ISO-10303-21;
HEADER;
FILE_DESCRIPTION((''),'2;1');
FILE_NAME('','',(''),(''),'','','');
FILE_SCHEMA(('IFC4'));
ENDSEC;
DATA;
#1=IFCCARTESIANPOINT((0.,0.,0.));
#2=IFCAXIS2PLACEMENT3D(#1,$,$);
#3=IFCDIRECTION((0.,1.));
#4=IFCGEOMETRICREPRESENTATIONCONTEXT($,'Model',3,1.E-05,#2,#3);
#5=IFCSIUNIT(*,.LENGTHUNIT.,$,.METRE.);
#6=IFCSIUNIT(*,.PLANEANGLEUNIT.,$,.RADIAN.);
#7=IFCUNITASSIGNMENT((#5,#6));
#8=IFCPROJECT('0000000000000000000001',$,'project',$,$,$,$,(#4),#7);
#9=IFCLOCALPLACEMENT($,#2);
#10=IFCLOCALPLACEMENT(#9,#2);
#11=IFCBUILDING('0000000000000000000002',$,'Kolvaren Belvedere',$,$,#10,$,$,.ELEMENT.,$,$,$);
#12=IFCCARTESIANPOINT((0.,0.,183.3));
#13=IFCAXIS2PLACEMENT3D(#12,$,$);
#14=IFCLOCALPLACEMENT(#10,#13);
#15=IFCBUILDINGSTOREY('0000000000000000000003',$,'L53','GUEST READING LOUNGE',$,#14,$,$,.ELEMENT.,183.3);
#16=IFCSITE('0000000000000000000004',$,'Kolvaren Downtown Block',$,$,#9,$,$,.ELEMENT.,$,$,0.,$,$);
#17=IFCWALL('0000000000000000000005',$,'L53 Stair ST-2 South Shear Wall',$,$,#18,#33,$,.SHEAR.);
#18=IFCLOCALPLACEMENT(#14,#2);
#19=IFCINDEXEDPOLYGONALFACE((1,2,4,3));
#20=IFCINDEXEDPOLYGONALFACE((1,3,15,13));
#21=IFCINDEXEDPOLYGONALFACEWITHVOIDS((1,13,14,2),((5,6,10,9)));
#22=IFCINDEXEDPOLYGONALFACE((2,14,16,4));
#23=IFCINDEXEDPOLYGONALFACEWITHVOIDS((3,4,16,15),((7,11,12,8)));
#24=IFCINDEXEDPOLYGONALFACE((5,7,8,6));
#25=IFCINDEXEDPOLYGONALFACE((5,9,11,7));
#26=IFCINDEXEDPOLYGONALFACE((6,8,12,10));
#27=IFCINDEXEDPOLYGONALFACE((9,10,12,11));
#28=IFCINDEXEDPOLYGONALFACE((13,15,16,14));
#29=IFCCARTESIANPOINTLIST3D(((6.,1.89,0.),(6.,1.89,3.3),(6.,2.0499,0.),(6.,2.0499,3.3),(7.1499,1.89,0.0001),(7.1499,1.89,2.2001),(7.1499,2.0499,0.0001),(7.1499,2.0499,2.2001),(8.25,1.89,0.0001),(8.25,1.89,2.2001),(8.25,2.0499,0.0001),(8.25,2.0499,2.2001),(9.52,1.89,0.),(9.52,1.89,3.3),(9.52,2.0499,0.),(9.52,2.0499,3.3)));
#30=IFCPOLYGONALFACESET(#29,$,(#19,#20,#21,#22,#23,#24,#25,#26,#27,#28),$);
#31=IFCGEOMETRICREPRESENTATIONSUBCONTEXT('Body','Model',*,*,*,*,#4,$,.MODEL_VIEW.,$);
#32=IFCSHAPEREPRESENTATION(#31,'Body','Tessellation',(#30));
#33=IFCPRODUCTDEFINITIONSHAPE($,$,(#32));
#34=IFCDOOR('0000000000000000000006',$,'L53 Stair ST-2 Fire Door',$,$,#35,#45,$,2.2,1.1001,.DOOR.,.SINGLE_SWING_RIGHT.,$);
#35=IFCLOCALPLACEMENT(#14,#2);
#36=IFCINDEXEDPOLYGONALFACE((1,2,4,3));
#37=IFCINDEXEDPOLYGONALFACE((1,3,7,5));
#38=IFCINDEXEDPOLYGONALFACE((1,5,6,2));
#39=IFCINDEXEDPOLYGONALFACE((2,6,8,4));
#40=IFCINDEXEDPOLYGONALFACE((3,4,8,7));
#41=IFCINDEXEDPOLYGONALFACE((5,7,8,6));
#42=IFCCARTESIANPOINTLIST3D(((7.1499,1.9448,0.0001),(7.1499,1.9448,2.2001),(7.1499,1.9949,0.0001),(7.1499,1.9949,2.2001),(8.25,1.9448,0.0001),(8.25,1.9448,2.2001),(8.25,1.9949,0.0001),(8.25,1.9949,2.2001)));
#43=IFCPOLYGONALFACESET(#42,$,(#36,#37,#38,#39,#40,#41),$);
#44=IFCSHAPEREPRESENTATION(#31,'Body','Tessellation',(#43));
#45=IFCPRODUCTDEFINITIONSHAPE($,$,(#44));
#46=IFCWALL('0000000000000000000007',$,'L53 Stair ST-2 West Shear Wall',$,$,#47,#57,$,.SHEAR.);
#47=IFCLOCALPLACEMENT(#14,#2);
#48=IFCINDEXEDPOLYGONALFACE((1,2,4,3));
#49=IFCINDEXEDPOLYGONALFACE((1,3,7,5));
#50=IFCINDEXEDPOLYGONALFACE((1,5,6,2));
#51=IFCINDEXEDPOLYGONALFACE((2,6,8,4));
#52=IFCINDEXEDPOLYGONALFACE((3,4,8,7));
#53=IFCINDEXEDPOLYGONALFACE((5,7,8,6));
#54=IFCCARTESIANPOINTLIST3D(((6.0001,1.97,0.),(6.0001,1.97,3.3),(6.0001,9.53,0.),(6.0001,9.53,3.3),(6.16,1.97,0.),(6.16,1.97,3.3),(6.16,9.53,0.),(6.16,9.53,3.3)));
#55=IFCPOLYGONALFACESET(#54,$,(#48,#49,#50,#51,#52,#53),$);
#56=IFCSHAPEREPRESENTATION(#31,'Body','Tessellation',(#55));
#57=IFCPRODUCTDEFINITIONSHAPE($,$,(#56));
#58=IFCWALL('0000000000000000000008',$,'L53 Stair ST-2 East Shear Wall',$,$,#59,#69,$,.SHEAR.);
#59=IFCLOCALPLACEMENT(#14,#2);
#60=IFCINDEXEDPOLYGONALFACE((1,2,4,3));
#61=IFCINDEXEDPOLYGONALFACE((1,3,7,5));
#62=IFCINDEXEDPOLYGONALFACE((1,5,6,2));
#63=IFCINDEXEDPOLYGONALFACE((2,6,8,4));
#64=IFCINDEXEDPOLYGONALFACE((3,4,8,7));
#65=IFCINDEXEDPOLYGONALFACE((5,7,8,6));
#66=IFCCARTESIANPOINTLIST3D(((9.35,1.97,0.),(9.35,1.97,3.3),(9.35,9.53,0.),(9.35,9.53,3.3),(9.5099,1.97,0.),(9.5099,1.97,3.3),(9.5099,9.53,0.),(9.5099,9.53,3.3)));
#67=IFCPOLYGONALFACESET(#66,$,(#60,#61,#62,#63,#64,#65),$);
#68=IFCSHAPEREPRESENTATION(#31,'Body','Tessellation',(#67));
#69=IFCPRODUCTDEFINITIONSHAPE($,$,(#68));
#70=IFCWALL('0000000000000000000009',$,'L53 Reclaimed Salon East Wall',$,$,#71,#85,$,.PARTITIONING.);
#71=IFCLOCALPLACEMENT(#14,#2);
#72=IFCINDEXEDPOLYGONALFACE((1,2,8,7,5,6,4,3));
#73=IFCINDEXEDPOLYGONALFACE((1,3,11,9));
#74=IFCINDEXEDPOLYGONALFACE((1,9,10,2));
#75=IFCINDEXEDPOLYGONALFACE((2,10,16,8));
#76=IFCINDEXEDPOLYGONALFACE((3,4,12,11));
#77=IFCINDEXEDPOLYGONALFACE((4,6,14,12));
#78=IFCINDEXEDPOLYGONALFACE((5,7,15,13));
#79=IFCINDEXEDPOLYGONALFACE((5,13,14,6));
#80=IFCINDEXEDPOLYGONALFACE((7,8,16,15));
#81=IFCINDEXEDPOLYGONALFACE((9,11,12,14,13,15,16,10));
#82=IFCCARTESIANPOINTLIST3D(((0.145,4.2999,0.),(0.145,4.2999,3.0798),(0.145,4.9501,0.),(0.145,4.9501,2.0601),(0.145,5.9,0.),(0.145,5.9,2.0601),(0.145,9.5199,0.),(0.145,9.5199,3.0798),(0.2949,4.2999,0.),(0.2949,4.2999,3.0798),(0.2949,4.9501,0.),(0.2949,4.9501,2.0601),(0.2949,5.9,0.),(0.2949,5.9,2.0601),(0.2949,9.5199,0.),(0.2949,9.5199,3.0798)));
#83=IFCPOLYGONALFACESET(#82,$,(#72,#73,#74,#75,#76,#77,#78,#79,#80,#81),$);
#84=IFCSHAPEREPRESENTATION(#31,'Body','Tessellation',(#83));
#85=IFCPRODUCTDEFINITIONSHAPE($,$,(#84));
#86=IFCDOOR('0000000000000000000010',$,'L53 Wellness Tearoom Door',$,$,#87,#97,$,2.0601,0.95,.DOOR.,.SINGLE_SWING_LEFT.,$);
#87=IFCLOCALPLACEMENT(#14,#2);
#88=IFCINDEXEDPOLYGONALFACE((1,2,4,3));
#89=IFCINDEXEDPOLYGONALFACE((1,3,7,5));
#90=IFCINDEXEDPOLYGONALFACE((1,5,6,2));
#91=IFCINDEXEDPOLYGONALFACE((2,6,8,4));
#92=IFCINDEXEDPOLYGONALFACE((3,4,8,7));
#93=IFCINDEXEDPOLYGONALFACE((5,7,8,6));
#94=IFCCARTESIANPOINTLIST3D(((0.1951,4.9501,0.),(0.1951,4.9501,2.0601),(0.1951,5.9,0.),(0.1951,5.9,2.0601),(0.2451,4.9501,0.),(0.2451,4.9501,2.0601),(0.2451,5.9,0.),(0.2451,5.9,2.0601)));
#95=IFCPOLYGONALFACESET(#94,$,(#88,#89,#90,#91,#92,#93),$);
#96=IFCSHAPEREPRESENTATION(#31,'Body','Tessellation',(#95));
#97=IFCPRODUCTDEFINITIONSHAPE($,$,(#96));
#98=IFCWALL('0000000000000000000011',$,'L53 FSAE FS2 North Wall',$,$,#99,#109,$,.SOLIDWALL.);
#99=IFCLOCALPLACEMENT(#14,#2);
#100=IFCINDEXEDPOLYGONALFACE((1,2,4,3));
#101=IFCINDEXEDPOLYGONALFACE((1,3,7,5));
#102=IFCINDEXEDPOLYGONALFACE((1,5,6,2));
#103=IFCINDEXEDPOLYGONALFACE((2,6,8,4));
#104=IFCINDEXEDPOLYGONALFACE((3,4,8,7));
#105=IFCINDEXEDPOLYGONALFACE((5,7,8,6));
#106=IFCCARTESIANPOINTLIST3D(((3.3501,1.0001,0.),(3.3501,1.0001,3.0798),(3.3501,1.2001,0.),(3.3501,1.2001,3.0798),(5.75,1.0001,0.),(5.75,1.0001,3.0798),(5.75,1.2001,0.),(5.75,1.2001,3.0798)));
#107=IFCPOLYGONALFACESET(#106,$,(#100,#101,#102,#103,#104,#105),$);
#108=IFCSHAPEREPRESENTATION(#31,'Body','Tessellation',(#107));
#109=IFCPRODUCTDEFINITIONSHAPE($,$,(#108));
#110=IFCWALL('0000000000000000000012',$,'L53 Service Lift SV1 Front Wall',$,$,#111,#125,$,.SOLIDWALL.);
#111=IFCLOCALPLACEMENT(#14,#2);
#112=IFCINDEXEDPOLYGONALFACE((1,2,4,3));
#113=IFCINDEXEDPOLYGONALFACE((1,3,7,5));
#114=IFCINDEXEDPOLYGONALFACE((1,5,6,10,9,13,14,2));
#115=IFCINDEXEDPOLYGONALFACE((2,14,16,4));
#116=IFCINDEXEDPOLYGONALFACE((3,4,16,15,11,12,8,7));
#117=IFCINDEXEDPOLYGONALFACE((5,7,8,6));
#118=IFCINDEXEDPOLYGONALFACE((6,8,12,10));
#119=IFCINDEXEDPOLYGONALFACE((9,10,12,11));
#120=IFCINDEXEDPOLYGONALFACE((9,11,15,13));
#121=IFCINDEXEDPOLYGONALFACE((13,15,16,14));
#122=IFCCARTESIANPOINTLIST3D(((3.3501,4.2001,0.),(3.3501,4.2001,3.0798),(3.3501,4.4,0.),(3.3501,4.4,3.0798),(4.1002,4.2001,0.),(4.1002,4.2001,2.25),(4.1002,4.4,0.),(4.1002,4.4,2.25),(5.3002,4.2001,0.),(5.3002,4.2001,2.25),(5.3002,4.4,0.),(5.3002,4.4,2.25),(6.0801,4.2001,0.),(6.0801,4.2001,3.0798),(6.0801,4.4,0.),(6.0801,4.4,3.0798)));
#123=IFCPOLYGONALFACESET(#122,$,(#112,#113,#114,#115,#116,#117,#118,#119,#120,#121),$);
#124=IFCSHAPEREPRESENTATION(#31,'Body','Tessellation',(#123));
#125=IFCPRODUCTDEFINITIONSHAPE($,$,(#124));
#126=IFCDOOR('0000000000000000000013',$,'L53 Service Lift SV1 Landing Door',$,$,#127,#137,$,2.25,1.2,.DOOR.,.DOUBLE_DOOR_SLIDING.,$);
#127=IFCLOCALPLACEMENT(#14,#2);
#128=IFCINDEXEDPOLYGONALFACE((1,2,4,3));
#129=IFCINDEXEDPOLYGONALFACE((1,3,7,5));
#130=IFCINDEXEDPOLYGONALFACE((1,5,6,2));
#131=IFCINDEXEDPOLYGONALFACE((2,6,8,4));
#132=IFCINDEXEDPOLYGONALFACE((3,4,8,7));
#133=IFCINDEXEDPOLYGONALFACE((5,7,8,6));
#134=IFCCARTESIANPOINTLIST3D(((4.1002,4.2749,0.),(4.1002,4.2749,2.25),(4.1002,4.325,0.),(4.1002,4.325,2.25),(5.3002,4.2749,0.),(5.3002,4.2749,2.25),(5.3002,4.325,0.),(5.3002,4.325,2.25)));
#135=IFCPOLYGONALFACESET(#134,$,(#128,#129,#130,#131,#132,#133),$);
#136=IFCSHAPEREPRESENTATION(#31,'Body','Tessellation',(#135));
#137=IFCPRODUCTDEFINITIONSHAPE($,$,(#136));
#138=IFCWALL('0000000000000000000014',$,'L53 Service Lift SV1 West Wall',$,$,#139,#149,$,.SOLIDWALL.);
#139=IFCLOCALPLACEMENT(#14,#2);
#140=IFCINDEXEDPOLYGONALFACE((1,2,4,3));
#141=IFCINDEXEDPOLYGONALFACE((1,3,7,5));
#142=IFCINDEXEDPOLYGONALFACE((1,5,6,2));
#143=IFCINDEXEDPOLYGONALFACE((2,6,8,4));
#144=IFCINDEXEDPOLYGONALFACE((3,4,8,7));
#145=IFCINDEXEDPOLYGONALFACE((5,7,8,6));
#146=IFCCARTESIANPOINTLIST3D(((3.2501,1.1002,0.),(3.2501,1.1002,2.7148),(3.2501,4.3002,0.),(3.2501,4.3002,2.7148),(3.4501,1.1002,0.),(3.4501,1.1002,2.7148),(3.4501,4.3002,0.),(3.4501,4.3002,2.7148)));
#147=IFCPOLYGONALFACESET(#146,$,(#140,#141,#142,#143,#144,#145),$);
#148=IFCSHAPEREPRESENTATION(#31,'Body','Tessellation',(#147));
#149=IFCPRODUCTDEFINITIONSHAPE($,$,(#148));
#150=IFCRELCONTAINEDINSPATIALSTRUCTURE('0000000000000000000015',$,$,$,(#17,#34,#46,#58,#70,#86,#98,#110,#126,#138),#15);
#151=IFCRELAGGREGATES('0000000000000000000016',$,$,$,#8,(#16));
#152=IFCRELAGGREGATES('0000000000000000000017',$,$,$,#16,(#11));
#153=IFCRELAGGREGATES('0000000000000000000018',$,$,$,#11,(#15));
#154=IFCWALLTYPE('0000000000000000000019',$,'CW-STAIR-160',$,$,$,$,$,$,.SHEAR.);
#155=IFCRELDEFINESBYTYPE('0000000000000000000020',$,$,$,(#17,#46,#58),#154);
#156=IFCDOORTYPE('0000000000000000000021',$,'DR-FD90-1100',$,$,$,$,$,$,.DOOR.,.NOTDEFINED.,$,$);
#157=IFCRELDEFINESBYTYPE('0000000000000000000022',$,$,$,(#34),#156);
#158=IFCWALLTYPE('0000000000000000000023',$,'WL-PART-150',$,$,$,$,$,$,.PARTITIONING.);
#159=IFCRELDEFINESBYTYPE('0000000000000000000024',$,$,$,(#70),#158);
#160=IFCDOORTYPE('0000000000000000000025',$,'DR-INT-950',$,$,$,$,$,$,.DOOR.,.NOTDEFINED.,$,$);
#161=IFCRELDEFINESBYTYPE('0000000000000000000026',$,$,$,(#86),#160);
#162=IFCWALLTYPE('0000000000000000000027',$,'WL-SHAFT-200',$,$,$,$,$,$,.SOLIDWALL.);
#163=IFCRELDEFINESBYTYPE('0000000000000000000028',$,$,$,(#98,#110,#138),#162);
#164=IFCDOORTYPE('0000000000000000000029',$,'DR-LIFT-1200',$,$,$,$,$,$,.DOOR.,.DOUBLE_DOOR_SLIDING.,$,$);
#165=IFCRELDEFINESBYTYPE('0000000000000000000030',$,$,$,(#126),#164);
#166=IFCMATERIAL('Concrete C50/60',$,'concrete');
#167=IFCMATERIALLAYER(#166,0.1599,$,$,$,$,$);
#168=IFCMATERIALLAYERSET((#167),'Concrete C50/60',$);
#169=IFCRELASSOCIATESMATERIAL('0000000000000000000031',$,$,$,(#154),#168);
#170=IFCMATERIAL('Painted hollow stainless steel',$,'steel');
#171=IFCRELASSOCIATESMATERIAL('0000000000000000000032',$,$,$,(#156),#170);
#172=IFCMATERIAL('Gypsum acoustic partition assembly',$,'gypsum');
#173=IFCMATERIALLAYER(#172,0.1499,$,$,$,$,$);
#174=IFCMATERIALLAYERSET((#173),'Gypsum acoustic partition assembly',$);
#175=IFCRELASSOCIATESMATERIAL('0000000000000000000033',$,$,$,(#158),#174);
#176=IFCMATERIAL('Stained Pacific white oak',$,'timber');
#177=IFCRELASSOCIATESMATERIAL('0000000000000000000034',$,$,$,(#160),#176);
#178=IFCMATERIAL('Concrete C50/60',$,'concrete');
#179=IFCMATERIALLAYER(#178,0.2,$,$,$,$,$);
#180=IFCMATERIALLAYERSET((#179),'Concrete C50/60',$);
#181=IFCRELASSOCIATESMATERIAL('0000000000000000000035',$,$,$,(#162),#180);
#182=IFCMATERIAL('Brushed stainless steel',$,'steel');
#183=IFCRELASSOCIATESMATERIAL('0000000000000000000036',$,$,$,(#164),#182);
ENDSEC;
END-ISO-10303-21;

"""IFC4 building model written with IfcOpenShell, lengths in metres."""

from ifc_helpers import new_model, si_unit, direction, frame, frame_2d, origin, place, context, subcontext, project, spatial, rectangle, extrude, material, layer, layer_set, type_object, element, fill, save


model = new_model("IFC4")

# Units and contexts
model_context = context("Model", 3, precision=1e-05, world=origin(), true_north=direction((0.0, 1.0)))
body_context = subcontext(model_context, "Body", "Model", "MODEL_VIEW")
ifc_project = project(units=[si_unit("LENGTHUNIT", "METRE"), si_unit("PLANEANGLEUNIT", "RADIAN")], contexts=[model_context])

# Site, building, storey
site_placement = place(None, origin())
site = spatial("IfcSite", under=ifc_project, at=site_placement, Name="Kolvaren Downtown Block", CompositionType="ELEMENT", RefElevation=0.0)
building_placement = place(site_placement, origin())
building = spatial("IfcBuilding", under=site, at=building_placement, Name="Kolvaren Belvedere", CompositionType="ELEMENT")
storey_placement = place(building_placement, frame((0.0, 0.0, 183.3)))
storey = spatial("IfcBuildingStorey", under=building, at=storey_placement, Name="L53", Description="GUEST READING LOUNGE", CompositionType="ELEMENT", Elevation=183.3)

# Wall, opening, door
ifc_material_1 = material(Name="Concrete C50/60", Category="concrete")
ifc_layer_1 = layer(ifc_material_1, 0.1599)
ifc_layer_set_1 = layer_set([ifc_layer_1], Name="Concrete C50/60")
wall_type_1 = type_object("IfcWallType", Name="CW-STAIR-160", PredefinedType="SHEAR", material=ifc_layer_set_1)
wall_1_placement = place(storey_placement, frame((6.0, 1.97, 0.0), z_axis=(0.0, 0.0, 1.0), x_axis=(1.0, 0.0, 0.0)))
wall_1 = element("IfcWall", 1, at=wall_1_placement, inside=storey, type_object=wall_type_1, Name="L53 Stair ST-2 South Shear Wall", PredefinedType="SHEAR", context=body_context, shape_type="SweptSolid", body=[
    extrude(rectangle(XDim=3.52, YDim=0.1599, at=frame_2d((1.76, 0.0))), origin(), (0.0, 0.0, 1.0), 3.3),
])
opening_1_placement = place(wall_1_placement, frame((1.1499, 0.0, 0.0)))
opening_1 = element("IfcOpeningElement", 2, at=opening_1_placement, cuts=wall_1, PredefinedType="OPENING", context=body_context, shape_type="SweptSolid", body=[
    extrude(rectangle(XDim=1.1001, YDim=2.2, at=frame_2d((0.55, 1.1001))), frame((0.0, 0.0898, 0.0), z_axis=(0.0, -1.0, 0.0), x_axis=(1.0, 0.0, 0.0)), (0.0, 0.0, 1.0), 0.1799),
])
ifc_material_2 = material(Name="Painted hollow stainless steel", Category="steel")
door_type_1 = type_object("IfcDoorType", Name="DR-FD90-1100", OperationType="NOTDEFINED", PredefinedType="DOOR", material=ifc_material_2)
door_1_placement = place(opening_1_placement, origin())
door_1 = element("IfcDoor", 3, at=door_1_placement, inside=storey, type_object=door_type_1, Name="L53 Stair ST-2 Fire Door", OperationType="SINGLE_SWING_RIGHT", OverallHeight=2.2, OverallWidth=1.1001, PredefinedType="DOOR", context=body_context, shape_type="SweptSolid", body=[
    extrude(rectangle(XDim=1.1001, YDim=2.2, at=frame_2d((0.55, 1.1001))), frame((0.0, 0.0249, 0.0), z_axis=(0.0, -1.0, 0.0), x_axis=(1.0, 0.0, 0.0)), (0.0, 0.0, 1.0), 0.05),
])
fill(opening_1, door_1)

# Walls
for number, where, z_axis, x_axis, name in (
    (4, (6.0801, 1.97, 0.0), (0.0, 0.0, 1.0), (0.0, 1.0, 0.0), "L53 Stair ST-2 West Shear Wall"),
    (5, (9.4299, 1.97, 0.0), (0.0, 0.0, 1.0), (0.0, 1.0, 0.0), "L53 Stair ST-2 East Shear Wall"),
):
    element("IfcWall", number, at=place(storey_placement, frame(where, z_axis=z_axis, x_axis=x_axis)), inside=storey, type_object=wall_type_1, Name=name, PredefinedType="SHEAR", context=body_context, shape_type="SweptSolid", body=[
        extrude(rectangle(XDim=7.5601, YDim=0.1599, at=frame_2d((3.78, 0.0))), origin(), (0.0, 0.0, 1.0), 3.3),
    ])

# Wall, opening, door
ifc_material_3 = material(Name="Gypsum acoustic partition assembly", Category="gypsum")
ifc_layer_2 = layer(ifc_material_3, 0.1499)
ifc_layer_set_2 = layer_set([ifc_layer_2], Name="Gypsum acoustic partition assembly")
wall_type_2 = type_object("IfcWallType", Name="WL-PART-150", PredefinedType="PARTITIONING", material=ifc_layer_set_2)
wall_2_placement = place(storey_placement, frame((0.22, 4.3, 0.0), z_axis=(0.0, 0.0, 1.0), x_axis=(0.0, 1.0, 0.0)))
wall_2 = element("IfcWall", 6, at=wall_2_placement, inside=storey, type_object=wall_type_2, Name="L53 Reclaimed Salon East Wall", PredefinedType="PARTITIONING", context=body_context, shape_type="SweptSolid", body=[
    extrude(rectangle(XDim=5.22, YDim=0.1499, at=frame_2d((2.6099, 0.0))), origin(), (0.0, 0.0, 1.0), 3.0798),
])
opening_2_placement = place(wall_2_placement, frame((0.6499, 0.0, 0.0)))
opening_2 = element("IfcOpeningElement", 7, at=opening_2_placement, cuts=wall_2, PredefinedType="OPENING", context=body_context, shape_type="SweptSolid", body=[
    extrude(rectangle(XDim=0.95, YDim=2.0601, at=frame_2d((0.4751, 1.03))), frame((0.0, 0.085, 0.0), z_axis=(0.0, -1.0, 0.0), x_axis=(1.0, 0.0, 0.0)), (0.0, 0.0, 1.0), 0.1699),
])
ifc_material_4 = material(Name="Stained Pacific white oak", Category="timber")
door_type_2 = type_object("IfcDoorType", Name="DR-INT-950", OperationType="NOTDEFINED", PredefinedType="DOOR", material=ifc_material_4)
door_2_placement = place(opening_2_placement, origin())
door_2 = element("IfcDoor", 8, at=door_2_placement, inside=storey, type_object=door_type_2, Name="L53 Wellness Tearoom Door", OperationType="SINGLE_SWING_LEFT", OverallHeight=2.0601, OverallWidth=0.95, PredefinedType="DOOR", context=body_context, shape_type="SweptSolid", body=[
    extrude(rectangle(XDim=0.95, YDim=2.0601, at=frame_2d((0.4751, 1.03))), frame((0.0, 0.0249, 0.0), z_axis=(0.0, -1.0, 0.0), x_axis=(1.0, 0.0, 0.0)), (0.0, 0.0, 1.0), 0.05),
])
fill(opening_2, door_2)

# Wall
ifc_material_5 = material(Name="Concrete C50/60", Category="concrete")
ifc_layer_3 = layer(ifc_material_5, 0.2)
ifc_layer_set_3 = layer_set([ifc_layer_3], Name="Concrete C50/60")
wall_type_3 = type_object("IfcWallType", Name="WL-SHAFT-200", PredefinedType="SOLIDWALL", material=ifc_layer_set_3)
wall_3_placement = place(storey_placement, frame((3.3501, 1.1001, 0.0), z_axis=(0.0, 0.0, 1.0), x_axis=(1.0, 0.0, 0.0)))
element("IfcWall", 9, at=wall_3_placement, inside=storey, type_object=wall_type_3, Name="L53 FSAE FS2 North Wall", PredefinedType="SOLIDWALL", context=body_context, shape_type="SweptSolid", body=[
    extrude(rectangle(XDim=2.3999, YDim=0.2, at=frame_2d((1.2, 0.0))), origin(), (0.0, 0.0, 1.0), 3.0798),
])

# Wall, opening, door
wall_4_placement = place(storey_placement, frame((3.3501, 4.3, 0.0), z_axis=(0.0, 0.0, 1.0), x_axis=(1.0, 0.0, 0.0)))
wall_4 = element("IfcWall", 10, at=wall_4_placement, inside=storey, type_object=wall_type_3, Name="L53 Service Lift SV1 Front Wall", PredefinedType="SOLIDWALL", context=body_context, shape_type="SweptSolid", body=[
    extrude(rectangle(XDim=2.73, YDim=0.2, at=frame_2d((1.365, 0.0))), origin(), (0.0, 0.0, 1.0), 3.0798),
])
opening_3_placement = place(wall_4_placement, frame((0.75, 0.0, 0.0)))
opening_3 = element("IfcOpeningElement", 11, at=opening_3_placement, cuts=wall_4, PredefinedType="OPENING", context=body_context, shape_type="SweptSolid", body=[
    extrude(rectangle(XDim=1.2, YDim=2.25, at=frame_2d((0.6001, 1.125))), frame((0.0, 0.1099, 0.0), z_axis=(0.0, -1.0, 0.0), x_axis=(1.0, 0.0, 0.0)), (0.0, 0.0, 1.0), 0.22),
])
ifc_material_6 = material(Name="Brushed stainless steel", Category="steel")
door_type_3 = type_object("IfcDoorType", Name="DR-LIFT-1200", OperationType="DOUBLE_DOOR_SLIDING", PredefinedType="DOOR", material=ifc_material_6)
door_3_placement = place(opening_3_placement, origin())
door_3 = element("IfcDoor", 12, at=door_3_placement, inside=storey, type_object=door_type_3, Name="L53 Service Lift SV1 Landing Door", OperationType="DOUBLE_DOOR_SLIDING", OverallHeight=2.25, OverallWidth=1.2, PredefinedType="DOOR", context=body_context, shape_type="SweptSolid", body=[
    extrude(rectangle(XDim=1.2, YDim=2.25, at=frame_2d((0.6001, 1.125))), frame((0.0, 0.0249, 0.0), z_axis=(0.0, -1.0, 0.0), x_axis=(1.0, 0.0, 0.0)), (0.0, 0.0, 1.0), 0.05),
])
fill(opening_3, door_3)

# Wall
wall_5_placement = place(storey_placement, frame((3.3501, 1.1001, 0.0), z_axis=(0.0, 0.0, 1.0), x_axis=(0.0, 1.0, 0.0)))
element("IfcWall", 13, at=wall_5_placement, inside=storey, type_object=wall_type_3, Name="L53 Service Lift SV1 West Wall", PredefinedType="SOLIDWALL", context=body_context, shape_type="SweptSolid", body=[
    extrude(rectangle(XDim=3.2, YDim=0.2, at=frame_2d((1.6001, 0.0))), origin(), (0.0, 0.0, 1.0), 2.7148),
])

save(model, "model.ifc")
